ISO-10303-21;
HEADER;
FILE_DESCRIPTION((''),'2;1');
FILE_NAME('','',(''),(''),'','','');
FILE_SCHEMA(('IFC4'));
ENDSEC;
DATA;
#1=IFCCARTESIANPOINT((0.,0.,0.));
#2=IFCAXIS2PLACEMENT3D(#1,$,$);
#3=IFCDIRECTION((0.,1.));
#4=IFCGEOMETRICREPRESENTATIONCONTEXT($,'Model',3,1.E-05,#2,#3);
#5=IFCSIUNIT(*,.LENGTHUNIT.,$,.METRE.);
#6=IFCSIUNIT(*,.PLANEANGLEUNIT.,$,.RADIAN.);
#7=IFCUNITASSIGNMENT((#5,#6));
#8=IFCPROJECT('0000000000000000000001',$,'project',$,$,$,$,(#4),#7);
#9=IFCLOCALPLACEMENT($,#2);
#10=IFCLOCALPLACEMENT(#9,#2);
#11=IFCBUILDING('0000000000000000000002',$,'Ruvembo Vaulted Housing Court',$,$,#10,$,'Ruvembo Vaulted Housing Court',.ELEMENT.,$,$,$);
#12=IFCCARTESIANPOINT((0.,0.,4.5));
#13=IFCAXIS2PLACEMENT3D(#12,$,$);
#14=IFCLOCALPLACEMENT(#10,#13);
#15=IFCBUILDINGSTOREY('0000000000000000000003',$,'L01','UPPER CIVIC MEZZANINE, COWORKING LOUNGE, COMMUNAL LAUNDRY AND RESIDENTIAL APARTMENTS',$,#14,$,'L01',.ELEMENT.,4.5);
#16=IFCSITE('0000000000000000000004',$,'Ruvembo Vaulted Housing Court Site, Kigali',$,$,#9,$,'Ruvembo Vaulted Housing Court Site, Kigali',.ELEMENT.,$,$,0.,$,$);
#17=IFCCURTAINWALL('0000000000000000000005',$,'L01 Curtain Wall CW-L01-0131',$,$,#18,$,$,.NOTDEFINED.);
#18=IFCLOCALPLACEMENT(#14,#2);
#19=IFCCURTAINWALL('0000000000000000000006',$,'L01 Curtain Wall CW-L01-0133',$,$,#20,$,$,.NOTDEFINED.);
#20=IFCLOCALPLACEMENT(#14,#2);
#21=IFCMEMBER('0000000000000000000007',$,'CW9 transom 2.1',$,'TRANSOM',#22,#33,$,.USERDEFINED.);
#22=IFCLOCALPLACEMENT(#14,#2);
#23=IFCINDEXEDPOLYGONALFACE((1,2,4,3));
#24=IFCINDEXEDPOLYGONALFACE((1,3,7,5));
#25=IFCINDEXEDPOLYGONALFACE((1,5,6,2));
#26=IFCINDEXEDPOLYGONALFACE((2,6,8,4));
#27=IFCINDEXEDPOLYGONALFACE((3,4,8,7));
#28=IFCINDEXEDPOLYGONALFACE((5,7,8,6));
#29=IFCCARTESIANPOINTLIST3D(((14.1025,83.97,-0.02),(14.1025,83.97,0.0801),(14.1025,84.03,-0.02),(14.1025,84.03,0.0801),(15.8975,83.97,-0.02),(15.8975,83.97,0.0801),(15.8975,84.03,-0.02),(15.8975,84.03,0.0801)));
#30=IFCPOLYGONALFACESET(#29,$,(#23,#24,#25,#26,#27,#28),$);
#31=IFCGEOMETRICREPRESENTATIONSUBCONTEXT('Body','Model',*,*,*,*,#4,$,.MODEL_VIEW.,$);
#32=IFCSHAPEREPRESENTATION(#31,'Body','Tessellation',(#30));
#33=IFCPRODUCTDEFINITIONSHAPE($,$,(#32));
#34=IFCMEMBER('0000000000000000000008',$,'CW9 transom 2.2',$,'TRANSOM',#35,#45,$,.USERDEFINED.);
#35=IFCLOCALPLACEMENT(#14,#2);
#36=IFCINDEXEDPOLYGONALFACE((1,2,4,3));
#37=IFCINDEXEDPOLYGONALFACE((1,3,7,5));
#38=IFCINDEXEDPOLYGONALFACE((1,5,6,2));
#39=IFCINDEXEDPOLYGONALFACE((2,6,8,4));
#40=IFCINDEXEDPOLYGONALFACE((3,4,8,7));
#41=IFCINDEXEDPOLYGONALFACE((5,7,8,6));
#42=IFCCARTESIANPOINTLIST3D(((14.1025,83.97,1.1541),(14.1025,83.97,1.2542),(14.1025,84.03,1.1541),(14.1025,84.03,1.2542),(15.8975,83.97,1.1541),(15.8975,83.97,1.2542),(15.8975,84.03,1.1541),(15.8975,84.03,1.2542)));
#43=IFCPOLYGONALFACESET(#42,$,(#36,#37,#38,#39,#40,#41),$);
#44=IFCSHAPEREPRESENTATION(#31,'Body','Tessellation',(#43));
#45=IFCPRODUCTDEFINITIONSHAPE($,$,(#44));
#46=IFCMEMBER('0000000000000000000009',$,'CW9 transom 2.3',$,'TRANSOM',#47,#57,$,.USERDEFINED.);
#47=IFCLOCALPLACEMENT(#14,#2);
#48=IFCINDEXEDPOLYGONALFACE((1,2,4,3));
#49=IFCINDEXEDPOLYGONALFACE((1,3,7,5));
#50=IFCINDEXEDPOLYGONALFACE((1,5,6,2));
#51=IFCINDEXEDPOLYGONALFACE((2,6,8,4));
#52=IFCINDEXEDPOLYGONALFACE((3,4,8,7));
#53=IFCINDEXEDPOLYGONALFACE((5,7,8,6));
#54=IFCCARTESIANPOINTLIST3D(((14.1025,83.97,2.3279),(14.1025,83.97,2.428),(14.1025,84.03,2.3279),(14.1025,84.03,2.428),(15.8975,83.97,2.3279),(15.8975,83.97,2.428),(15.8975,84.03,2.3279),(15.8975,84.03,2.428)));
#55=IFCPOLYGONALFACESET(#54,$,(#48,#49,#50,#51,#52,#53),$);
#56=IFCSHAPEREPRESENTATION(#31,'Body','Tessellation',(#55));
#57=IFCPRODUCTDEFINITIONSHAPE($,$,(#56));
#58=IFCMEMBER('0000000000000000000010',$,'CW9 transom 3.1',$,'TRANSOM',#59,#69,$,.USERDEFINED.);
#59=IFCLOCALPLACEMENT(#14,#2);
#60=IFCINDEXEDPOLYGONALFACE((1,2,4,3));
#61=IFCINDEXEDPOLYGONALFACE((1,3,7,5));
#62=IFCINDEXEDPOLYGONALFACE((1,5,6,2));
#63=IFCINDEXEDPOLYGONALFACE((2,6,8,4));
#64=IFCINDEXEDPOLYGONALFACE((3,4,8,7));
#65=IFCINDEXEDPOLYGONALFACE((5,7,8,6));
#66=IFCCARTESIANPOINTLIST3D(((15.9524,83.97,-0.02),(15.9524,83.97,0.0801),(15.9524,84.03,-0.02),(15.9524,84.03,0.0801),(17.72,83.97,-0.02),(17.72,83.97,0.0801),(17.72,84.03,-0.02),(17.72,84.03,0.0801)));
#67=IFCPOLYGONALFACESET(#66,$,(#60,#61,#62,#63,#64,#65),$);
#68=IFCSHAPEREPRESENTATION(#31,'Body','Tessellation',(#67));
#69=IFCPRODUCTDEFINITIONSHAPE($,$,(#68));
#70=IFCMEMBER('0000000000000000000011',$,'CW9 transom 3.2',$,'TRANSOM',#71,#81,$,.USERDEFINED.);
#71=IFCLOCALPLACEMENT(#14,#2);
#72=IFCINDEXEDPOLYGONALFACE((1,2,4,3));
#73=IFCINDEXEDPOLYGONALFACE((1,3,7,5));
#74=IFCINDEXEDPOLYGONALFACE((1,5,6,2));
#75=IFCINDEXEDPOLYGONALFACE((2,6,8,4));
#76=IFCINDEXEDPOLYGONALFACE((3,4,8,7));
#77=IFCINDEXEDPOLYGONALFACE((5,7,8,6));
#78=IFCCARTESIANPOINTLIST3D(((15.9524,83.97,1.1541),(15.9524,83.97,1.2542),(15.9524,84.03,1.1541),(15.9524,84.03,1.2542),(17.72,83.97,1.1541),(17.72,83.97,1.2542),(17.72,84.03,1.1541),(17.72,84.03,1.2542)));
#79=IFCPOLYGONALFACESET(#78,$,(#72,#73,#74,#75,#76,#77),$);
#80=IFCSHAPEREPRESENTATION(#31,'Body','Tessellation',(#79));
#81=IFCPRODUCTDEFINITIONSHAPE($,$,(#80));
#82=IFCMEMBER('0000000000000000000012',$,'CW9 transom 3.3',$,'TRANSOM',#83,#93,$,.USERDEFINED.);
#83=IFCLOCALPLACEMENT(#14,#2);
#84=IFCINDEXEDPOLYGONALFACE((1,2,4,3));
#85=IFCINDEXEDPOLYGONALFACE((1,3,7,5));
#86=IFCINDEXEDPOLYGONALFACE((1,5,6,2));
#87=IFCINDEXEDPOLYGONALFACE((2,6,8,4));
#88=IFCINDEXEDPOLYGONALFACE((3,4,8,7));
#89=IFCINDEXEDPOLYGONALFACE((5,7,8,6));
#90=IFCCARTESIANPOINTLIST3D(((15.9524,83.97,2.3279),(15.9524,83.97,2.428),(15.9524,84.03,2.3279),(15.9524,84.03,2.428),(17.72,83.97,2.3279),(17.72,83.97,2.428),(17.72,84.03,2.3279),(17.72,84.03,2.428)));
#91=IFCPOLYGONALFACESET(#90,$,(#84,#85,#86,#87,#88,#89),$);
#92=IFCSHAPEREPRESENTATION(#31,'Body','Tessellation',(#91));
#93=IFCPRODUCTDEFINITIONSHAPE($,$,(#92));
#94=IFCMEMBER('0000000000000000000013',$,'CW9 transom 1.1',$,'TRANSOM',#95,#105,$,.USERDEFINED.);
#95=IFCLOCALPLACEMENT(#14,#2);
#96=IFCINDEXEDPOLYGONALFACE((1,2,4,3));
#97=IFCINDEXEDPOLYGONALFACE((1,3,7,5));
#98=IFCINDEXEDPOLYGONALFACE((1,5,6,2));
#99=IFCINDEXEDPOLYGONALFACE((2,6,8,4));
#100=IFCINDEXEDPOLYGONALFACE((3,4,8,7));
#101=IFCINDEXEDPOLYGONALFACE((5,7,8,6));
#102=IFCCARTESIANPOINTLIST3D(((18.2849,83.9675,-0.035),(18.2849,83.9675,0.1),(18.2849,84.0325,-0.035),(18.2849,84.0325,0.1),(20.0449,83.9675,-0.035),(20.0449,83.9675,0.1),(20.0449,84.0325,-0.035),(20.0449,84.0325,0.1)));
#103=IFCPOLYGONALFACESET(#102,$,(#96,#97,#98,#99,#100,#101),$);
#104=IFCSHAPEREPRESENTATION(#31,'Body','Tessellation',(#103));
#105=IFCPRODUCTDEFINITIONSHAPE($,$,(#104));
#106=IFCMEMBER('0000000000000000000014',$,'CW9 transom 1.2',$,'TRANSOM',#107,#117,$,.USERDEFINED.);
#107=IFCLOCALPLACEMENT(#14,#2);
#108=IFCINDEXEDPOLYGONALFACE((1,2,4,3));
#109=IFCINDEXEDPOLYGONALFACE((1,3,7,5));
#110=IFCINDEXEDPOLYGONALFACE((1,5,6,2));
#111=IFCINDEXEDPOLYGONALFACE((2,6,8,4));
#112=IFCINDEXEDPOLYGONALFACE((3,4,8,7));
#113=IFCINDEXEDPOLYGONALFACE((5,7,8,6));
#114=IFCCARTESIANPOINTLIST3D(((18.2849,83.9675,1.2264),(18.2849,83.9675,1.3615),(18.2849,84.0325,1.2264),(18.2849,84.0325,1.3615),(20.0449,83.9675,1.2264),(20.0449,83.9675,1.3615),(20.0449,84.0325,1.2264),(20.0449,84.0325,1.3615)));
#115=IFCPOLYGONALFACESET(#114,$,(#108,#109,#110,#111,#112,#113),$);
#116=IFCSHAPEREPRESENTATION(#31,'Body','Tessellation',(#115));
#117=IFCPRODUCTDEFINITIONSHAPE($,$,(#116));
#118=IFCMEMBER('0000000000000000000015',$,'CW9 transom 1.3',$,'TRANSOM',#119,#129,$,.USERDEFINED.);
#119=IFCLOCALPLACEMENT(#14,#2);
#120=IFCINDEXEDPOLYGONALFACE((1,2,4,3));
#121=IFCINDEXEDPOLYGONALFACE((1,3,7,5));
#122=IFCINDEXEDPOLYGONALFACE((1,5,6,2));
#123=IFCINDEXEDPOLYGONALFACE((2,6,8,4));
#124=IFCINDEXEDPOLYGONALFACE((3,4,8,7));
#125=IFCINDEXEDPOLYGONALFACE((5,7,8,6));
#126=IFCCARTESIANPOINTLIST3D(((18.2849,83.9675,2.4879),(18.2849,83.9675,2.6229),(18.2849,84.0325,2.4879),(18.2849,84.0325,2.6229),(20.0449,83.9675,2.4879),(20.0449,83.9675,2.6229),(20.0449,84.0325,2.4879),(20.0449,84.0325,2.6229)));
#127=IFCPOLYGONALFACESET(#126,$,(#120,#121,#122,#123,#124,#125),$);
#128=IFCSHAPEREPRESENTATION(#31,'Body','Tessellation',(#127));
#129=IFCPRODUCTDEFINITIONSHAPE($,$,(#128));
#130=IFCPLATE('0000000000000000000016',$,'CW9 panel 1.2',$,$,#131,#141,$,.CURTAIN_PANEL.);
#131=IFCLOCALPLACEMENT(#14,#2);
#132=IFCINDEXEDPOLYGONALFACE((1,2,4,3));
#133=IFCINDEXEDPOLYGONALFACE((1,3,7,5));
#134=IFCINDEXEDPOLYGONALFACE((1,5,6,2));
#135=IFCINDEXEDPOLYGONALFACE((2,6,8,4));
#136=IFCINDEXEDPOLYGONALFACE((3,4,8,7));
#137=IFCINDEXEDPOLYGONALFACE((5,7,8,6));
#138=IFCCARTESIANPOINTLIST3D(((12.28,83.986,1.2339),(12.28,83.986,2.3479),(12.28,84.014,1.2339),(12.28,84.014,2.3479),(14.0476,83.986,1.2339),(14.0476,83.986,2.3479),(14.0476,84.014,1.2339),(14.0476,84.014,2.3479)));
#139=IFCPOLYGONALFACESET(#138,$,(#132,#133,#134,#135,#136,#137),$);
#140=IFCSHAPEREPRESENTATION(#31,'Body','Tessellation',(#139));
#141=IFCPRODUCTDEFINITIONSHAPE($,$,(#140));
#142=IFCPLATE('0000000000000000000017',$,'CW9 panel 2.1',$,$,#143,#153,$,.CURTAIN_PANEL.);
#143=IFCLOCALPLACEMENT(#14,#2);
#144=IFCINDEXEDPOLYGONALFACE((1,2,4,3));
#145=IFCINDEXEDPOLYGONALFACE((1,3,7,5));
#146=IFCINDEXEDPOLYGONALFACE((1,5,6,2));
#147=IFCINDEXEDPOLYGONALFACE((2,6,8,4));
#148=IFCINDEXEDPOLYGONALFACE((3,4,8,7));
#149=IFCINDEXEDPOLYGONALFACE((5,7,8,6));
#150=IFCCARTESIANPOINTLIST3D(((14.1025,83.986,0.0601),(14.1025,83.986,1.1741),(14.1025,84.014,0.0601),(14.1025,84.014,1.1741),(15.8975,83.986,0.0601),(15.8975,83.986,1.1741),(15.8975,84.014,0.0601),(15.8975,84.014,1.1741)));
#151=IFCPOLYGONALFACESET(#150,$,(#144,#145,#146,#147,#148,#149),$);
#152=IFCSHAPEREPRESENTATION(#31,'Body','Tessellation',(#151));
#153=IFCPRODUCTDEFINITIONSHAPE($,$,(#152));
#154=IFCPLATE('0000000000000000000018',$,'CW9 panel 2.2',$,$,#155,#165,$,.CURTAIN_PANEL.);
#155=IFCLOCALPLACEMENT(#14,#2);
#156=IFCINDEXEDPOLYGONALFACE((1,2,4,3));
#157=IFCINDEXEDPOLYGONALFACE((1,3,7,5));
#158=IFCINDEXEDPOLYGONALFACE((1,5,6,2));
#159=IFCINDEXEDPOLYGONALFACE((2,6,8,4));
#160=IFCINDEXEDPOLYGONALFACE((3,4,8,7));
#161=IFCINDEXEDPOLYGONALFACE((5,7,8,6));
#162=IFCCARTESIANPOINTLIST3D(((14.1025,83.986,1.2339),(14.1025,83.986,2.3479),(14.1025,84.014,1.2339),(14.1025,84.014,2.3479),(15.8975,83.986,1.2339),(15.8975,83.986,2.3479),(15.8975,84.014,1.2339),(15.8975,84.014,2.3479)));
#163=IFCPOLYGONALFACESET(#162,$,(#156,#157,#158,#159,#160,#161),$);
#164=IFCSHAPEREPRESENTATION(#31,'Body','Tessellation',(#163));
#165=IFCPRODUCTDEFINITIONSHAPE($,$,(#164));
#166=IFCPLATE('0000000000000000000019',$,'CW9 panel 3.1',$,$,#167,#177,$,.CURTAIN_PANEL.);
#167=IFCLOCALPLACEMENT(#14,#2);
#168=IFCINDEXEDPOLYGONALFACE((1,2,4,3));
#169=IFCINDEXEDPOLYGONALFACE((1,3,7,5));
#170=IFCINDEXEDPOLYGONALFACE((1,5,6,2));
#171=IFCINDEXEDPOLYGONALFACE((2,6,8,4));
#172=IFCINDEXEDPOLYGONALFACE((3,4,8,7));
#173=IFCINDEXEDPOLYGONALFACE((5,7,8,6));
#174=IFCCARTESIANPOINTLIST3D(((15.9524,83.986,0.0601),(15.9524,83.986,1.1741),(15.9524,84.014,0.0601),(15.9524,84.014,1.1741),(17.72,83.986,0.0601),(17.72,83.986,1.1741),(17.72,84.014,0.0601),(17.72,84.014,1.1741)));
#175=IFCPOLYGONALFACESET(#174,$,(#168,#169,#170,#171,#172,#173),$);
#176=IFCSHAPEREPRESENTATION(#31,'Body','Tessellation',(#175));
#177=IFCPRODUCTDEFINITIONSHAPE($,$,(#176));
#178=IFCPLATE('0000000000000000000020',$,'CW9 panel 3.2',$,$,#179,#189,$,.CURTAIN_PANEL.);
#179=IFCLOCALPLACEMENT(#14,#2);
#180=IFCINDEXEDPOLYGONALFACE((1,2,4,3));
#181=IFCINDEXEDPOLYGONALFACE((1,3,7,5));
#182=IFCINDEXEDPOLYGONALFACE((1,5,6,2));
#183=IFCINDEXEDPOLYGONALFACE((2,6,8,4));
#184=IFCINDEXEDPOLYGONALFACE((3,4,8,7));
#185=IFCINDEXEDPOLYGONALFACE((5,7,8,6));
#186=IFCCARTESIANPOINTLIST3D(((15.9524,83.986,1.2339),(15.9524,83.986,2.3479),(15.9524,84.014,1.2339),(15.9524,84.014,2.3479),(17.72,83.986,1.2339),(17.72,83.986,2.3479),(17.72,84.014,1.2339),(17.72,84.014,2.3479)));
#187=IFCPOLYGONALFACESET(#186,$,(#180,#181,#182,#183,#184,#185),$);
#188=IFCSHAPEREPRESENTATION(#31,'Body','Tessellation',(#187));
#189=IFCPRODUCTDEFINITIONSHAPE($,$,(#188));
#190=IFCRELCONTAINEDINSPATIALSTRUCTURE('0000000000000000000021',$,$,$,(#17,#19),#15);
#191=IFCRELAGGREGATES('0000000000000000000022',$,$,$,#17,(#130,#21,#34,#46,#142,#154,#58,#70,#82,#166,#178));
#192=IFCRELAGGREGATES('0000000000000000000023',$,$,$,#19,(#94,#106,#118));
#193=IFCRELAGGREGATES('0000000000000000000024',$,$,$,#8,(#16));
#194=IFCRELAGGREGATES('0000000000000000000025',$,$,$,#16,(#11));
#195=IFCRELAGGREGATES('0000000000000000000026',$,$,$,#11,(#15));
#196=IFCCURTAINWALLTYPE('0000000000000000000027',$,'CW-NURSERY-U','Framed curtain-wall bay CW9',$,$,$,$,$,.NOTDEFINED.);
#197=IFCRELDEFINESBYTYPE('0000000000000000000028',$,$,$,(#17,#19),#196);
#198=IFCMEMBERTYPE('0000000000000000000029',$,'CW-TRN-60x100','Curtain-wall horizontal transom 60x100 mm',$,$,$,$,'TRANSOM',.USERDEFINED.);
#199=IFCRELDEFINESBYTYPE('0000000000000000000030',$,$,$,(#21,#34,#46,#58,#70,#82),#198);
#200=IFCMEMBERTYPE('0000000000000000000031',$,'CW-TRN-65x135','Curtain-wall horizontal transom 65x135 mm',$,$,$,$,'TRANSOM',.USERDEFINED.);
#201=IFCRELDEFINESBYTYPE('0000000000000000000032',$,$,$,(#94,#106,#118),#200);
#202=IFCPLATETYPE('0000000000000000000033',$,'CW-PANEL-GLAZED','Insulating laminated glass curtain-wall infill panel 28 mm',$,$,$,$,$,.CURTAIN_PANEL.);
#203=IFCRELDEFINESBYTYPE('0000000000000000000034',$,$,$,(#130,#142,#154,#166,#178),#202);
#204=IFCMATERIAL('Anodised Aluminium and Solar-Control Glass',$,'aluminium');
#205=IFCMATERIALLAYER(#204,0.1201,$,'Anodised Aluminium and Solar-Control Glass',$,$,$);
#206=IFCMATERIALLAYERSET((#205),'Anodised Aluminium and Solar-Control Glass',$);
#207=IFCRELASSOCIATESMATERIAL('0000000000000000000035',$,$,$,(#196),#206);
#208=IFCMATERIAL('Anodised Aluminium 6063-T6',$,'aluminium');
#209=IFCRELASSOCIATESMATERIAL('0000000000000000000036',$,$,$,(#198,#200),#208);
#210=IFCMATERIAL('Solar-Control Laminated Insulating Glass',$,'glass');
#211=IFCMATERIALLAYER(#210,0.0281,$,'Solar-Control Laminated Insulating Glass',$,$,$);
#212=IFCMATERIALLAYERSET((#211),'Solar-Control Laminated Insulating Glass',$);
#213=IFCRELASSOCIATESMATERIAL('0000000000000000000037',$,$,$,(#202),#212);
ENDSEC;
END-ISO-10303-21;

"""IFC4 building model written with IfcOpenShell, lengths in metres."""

from ifc_helpers import new_model, si_unit, direction, frame, origin, origin_2d, place, context, subcontext, project, spatial, rectangle, extrude, material, layer, layer_set, material_profile, profile_set, type_object, element, aggregate, save


model = new_model("IFC4")

# Units and contexts
model_context = context("Model", 3, precision=1e-05, world=origin(), true_north=direction((0.0, 1.0)))
body_context = subcontext(model_context, "Body", "Model", "MODEL_VIEW")
ifc_project = project(units=[si_unit("LENGTHUNIT", "METRE"), si_unit("PLANEANGLEUNIT", "RADIAN")], contexts=[model_context])

# Site, building, storey
site_placement = place(None, origin())
site = spatial("IfcSite", under=ifc_project, at=site_placement, Name="Ruvembo Vaulted Housing Court Site, Kigali", LongName="Ruvembo Vaulted Housing Court Site, Kigali", CompositionType="ELEMENT", RefElevation=0.0)
building_placement = place(site_placement, origin())
building = spatial("IfcBuilding", under=site, at=building_placement, Name="Ruvembo Vaulted Housing Court", LongName="Ruvembo Vaulted Housing Court", CompositionType="ELEMENT")
storey_placement = place(building_placement, frame((0.0, 0.0, 4.5)))
storey = spatial("IfcBuildingStorey", under=building, at=storey_placement, Name="L01", Description="UPPER CIVIC MEZZANINE, COWORKING LOUNGE, COMMUNAL LAUNDRY AND RESIDENTIAL APARTMENTS", LongName="L01", CompositionType="ELEMENT", Elevation=4.5)

# Curtain walls
ifc_material_1 = material(Name="Anodised Aluminium and Solar-Control Glass", Category="aluminium")
ifc_layer_1 = layer(ifc_material_1, 0.1201, Name="Anodised Aluminium and Solar-Control Glass")
ifc_layer_set_1 = layer_set([ifc_layer_1], Name="Anodised Aluminium and Solar-Control Glass")
curtain_wall_type = type_object("IfcCurtainWallType", Name="CW-NURSERY-U", Description="Framed curtain-wall bay CW9", PredefinedType="NOTDEFINED", material=ifc_layer_set_1)
curtain_wall_1_placement = place(storey_placement, origin())
curtain_wall_1 = element("IfcCurtainWall", 1, at=curtain_wall_1_placement, inside=storey, type_object=curtain_wall_type, Name="L01 Curtain Wall CW-L01-0131", PredefinedType="NOTDEFINED")
ifc_material_2 = material(Name="Anodised Aluminium 6063-T6", Category="aluminium")
curtain_wall_2_placement = place(storey_placement, origin())
curtain_wall_2 = element("IfcCurtainWall", 2, at=curtain_wall_2_placement, inside=storey, type_object=curtain_wall_type, Name="L01 Curtain Wall CW-L01-0133", PredefinedType="NOTDEFINED")

# Members
ifc_material_profile_1 = material_profile(ifc_material_2, rectangle(XDim=0.0601, YDim=0.1001, at=origin_2d()), Name="ALU 60x100")
ifc_profile_set_1 = profile_set([ifc_material_profile_1], Name="Anodised Aluminium 6063-T6")
member_type_1 = type_object("IfcMemberType", Name="CW-TRN-60x100", Description="Curtain-wall horizontal transom 60x100 mm", ElementType="TRANSOM", PredefinedType="USERDEFINED", material=ifc_profile_set_1)
member_1_placement = place(storey_placement, frame((14.1025, 84.0, 0.03), z_axis=(1.0, 0.0, 0.0), x_axis=(0.0, 1.0, 0.0)))
member_1 = element("IfcMember", 3, at=member_1_placement, type_object=member_type_1, Name="CW9 transom 2.1", ObjectType="TRANSOM", PredefinedType="USERDEFINED", context=body_context, shape_type="SweptSolid", body=[
    extrude(rectangle(XDim=0.0601, YDim=0.1001, at=origin_2d()), origin(), (0.0, 0.0, 1.0), 1.7949),
])
member_2_placement = place(storey_placement, frame((14.1025, 84.0, 1.2041), z_axis=(1.0, 0.0, 0.0), x_axis=(0.0, 1.0, 0.0)))
member_2 = element("IfcMember", 4, at=member_2_placement, type_object=member_type_1, Name="CW9 transom 2.2", ObjectType="TRANSOM", PredefinedType="USERDEFINED", context=body_context, shape_type="SweptSolid", body=[
    extrude(rectangle(XDim=0.0601, YDim=0.1001, at=origin_2d()), origin(), (0.0, 0.0, 1.0), 1.7949),
])
member_3_placement = place(storey_placement, frame((14.1025, 84.0, 2.3779), z_axis=(1.0, 0.0, 0.0), x_axis=(0.0, 1.0, 0.0)))
member_3 = element("IfcMember", 5, at=member_3_placement, type_object=member_type_1, Name="CW9 transom 2.3", ObjectType="TRANSOM", PredefinedType="USERDEFINED", context=body_context, shape_type="SweptSolid", body=[
    extrude(rectangle(XDim=0.0601, YDim=0.1001, at=origin_2d()), origin(), (0.0, 0.0, 1.0), 1.7949),
])
member_4_placement = place(storey_placement, frame((15.9524, 84.0, 0.03), z_axis=(1.0, 0.0, 0.0), x_axis=(0.0, 1.0, 0.0)))
member_4 = element("IfcMember", 6, at=member_4_placement, type_object=member_type_1, Name="CW9 transom 3.1", ObjectType="TRANSOM", PredefinedType="USERDEFINED", context=body_context, shape_type="SweptSolid", body=[
    extrude(rectangle(XDim=0.0601, YDim=0.1001, at=origin_2d()), origin(), (0.0, 0.0, 1.0), 1.7676),
])
member_5_placement = place(storey_placement, frame((15.9524, 84.0, 1.2041), z_axis=(1.0, 0.0, 0.0), x_axis=(0.0, 1.0, 0.0)))
member_5 = element("IfcMember", 7, at=member_5_placement, type_object=member_type_1, Name="CW9 transom 3.2", ObjectType="TRANSOM", PredefinedType="USERDEFINED", context=body_context, shape_type="SweptSolid", body=[
    extrude(rectangle(XDim=0.0601, YDim=0.1001, at=origin_2d()), origin(), (0.0, 0.0, 1.0), 1.7676),
])
member_6_placement = place(storey_placement, frame((15.9524, 84.0, 2.3779), z_axis=(1.0, 0.0, 0.0), x_axis=(0.0, 1.0, 0.0)))
member_6 = element("IfcMember", 8, at=member_6_placement, type_object=member_type_1, Name="CW9 transom 3.3", ObjectType="TRANSOM", PredefinedType="USERDEFINED", context=body_context, shape_type="SweptSolid", body=[
    extrude(rectangle(XDim=0.0601, YDim=0.1001, at=origin_2d()), origin(), (0.0, 0.0, 1.0), 1.7676),
])
ifc_material_profile_2 = material_profile(ifc_material_2, rectangle(XDim=0.0649, YDim=0.135, at=origin_2d()), Name="ALU 65x135")
ifc_profile_set_2 = profile_set([ifc_material_profile_2], Name="Anodised Aluminium 6063-T6")
member_type_2 = type_object("IfcMemberType", Name="CW-TRN-65x135", Description="Curtain-wall horizontal transom 65x135 mm", ElementType="TRANSOM", PredefinedType="USERDEFINED", material=ifc_profile_set_2)
member_7_placement = place(storey_placement, frame((18.2849, 84.0, 0.0325), z_axis=(1.0, 0.0, 0.0), x_axis=(0.0, 1.0, 0.0)))
member_7 = element("IfcMember", 9, at=member_7_placement, type_object=member_type_2, Name="CW9 transom 1.1", ObjectType="TRANSOM", PredefinedType="USERDEFINED", context=body_context, shape_type="SweptSolid", body=[
    extrude(rectangle(XDim=0.0649, YDim=0.135, at=origin_2d()), origin(), (0.0, 0.0, 1.0), 1.76),
])
member_8_placement = place(storey_placement, frame((18.2849, 84.0, 1.2939), z_axis=(1.0, 0.0, 0.0), x_axis=(0.0, 1.0, 0.0)))
member_8 = element("IfcMember", 10, at=member_8_placement, type_object=member_type_2, Name="CW9 transom 1.2", ObjectType="TRANSOM", PredefinedType="USERDEFINED", context=body_context, shape_type="SweptSolid", body=[
    extrude(rectangle(XDim=0.0649, YDim=0.135, at=origin_2d()), origin(), (0.0, 0.0, 1.0), 1.76),
])
member_9_placement = place(storey_placement, frame((18.2849, 84.0, 2.5554), z_axis=(1.0, 0.0, 0.0), x_axis=(0.0, 1.0, 0.0)))
member_9 = element("IfcMember", 11, at=member_9_placement, type_object=member_type_2, Name="CW9 transom 1.3", ObjectType="TRANSOM", PredefinedType="USERDEFINED", context=body_context, shape_type="SweptSolid", body=[
    extrude(rectangle(XDim=0.0649, YDim=0.135, at=origin_2d()), origin(), (0.0, 0.0, 1.0), 1.76),
])

# Plates
ifc_material_3 = material(Name="Solar-Control Laminated Insulating Glass", Category="glass")
ifc_layer_2 = layer(ifc_material_3, 0.0281, Name="Solar-Control Laminated Insulating Glass")
ifc_layer_set_2 = layer_set([ifc_layer_2], Name="Solar-Control Laminated Insulating Glass")
plate_type_1 = type_object("IfcPlateType", Name="CW-PANEL-GLAZED", Description="Insulating laminated glass curtain-wall infill panel 28 mm", PredefinedType="CURTAIN_PANEL", material=ifc_layer_set_2)
plate_1_placement = place(storey_placement, frame((13.1638, 84.0, 1.2339), z_axis=(0.0, 0.0, 1.0), x_axis=(1.0, 0.0, 0.0)))
plate_1 = element("IfcPlate", 12, at=plate_1_placement, type_object=plate_type_1, Name="CW9 panel 1.2", PredefinedType="CURTAIN_PANEL", context=body_context, shape_type="SweptSolid", body=[
    extrude(rectangle(XDim=1.7676, YDim=0.0281, at=origin_2d()), origin(), (0.0, 0.0, 1.0), 1.114),
])
plate_2_placement = place(storey_placement, frame((15.0, 84.0, 0.0601), z_axis=(0.0, 0.0, 1.0), x_axis=(1.0, 0.0, 0.0)))
plate_2 = element("IfcPlate", 13, at=plate_2_placement, type_object=plate_type_1, Name="CW9 panel 2.1", PredefinedType="CURTAIN_PANEL", context=body_context, shape_type="SweptSolid", body=[
    extrude(rectangle(XDim=1.7949, YDim=0.0281, at=origin_2d()), origin(), (0.0, 0.0, 1.0), 1.114),
])
plate_3_placement = place(storey_placement, frame((15.0, 84.0, 1.2339), z_axis=(0.0, 0.0, 1.0), x_axis=(1.0, 0.0, 0.0)))
plate_3 = element("IfcPlate", 14, at=plate_3_placement, type_object=plate_type_1, Name="CW9 panel 2.2", PredefinedType="CURTAIN_PANEL", context=body_context, shape_type="SweptSolid", body=[
    extrude(rectangle(XDim=1.7949, YDim=0.0281, at=origin_2d()), origin(), (0.0, 0.0, 1.0), 1.114),
])
plate_4_placement = place(storey_placement, frame((16.8362, 84.0, 0.0601), z_axis=(0.0, 0.0, 1.0), x_axis=(1.0, 0.0, 0.0)))
plate_4 = element("IfcPlate", 15, at=plate_4_placement, type_object=plate_type_1, Name="CW9 panel 3.1", PredefinedType="CURTAIN_PANEL", context=body_context, shape_type="SweptSolid", body=[
    extrude(rectangle(XDim=1.7676, YDim=0.0281, at=origin_2d()), origin(), (0.0, 0.0, 1.0), 1.114),
])
plate_5_placement = place(storey_placement, frame((16.8362, 84.0, 1.2339), z_axis=(0.0, 0.0, 1.0), x_axis=(1.0, 0.0, 0.0)))
plate_5 = element("IfcPlate", 16, at=plate_5_placement, type_object=plate_type_1, Name="CW9 panel 3.2", PredefinedType="CURTAIN_PANEL", context=body_context, shape_type="SweptSolid", body=[
    extrude(rectangle(XDim=1.7676, YDim=0.0281, at=origin_2d()), origin(), (0.0, 0.0, 1.0), 1.114),
])
aggregate(curtain_wall_1, [plate_1, member_1, member_2, member_3, plate_2, plate_3, member_4, member_5, member_6, plate_4, plate_5])
aggregate(curtain_wall_2, [member_7, member_8, member_9])

save(model, "model.ifc")
